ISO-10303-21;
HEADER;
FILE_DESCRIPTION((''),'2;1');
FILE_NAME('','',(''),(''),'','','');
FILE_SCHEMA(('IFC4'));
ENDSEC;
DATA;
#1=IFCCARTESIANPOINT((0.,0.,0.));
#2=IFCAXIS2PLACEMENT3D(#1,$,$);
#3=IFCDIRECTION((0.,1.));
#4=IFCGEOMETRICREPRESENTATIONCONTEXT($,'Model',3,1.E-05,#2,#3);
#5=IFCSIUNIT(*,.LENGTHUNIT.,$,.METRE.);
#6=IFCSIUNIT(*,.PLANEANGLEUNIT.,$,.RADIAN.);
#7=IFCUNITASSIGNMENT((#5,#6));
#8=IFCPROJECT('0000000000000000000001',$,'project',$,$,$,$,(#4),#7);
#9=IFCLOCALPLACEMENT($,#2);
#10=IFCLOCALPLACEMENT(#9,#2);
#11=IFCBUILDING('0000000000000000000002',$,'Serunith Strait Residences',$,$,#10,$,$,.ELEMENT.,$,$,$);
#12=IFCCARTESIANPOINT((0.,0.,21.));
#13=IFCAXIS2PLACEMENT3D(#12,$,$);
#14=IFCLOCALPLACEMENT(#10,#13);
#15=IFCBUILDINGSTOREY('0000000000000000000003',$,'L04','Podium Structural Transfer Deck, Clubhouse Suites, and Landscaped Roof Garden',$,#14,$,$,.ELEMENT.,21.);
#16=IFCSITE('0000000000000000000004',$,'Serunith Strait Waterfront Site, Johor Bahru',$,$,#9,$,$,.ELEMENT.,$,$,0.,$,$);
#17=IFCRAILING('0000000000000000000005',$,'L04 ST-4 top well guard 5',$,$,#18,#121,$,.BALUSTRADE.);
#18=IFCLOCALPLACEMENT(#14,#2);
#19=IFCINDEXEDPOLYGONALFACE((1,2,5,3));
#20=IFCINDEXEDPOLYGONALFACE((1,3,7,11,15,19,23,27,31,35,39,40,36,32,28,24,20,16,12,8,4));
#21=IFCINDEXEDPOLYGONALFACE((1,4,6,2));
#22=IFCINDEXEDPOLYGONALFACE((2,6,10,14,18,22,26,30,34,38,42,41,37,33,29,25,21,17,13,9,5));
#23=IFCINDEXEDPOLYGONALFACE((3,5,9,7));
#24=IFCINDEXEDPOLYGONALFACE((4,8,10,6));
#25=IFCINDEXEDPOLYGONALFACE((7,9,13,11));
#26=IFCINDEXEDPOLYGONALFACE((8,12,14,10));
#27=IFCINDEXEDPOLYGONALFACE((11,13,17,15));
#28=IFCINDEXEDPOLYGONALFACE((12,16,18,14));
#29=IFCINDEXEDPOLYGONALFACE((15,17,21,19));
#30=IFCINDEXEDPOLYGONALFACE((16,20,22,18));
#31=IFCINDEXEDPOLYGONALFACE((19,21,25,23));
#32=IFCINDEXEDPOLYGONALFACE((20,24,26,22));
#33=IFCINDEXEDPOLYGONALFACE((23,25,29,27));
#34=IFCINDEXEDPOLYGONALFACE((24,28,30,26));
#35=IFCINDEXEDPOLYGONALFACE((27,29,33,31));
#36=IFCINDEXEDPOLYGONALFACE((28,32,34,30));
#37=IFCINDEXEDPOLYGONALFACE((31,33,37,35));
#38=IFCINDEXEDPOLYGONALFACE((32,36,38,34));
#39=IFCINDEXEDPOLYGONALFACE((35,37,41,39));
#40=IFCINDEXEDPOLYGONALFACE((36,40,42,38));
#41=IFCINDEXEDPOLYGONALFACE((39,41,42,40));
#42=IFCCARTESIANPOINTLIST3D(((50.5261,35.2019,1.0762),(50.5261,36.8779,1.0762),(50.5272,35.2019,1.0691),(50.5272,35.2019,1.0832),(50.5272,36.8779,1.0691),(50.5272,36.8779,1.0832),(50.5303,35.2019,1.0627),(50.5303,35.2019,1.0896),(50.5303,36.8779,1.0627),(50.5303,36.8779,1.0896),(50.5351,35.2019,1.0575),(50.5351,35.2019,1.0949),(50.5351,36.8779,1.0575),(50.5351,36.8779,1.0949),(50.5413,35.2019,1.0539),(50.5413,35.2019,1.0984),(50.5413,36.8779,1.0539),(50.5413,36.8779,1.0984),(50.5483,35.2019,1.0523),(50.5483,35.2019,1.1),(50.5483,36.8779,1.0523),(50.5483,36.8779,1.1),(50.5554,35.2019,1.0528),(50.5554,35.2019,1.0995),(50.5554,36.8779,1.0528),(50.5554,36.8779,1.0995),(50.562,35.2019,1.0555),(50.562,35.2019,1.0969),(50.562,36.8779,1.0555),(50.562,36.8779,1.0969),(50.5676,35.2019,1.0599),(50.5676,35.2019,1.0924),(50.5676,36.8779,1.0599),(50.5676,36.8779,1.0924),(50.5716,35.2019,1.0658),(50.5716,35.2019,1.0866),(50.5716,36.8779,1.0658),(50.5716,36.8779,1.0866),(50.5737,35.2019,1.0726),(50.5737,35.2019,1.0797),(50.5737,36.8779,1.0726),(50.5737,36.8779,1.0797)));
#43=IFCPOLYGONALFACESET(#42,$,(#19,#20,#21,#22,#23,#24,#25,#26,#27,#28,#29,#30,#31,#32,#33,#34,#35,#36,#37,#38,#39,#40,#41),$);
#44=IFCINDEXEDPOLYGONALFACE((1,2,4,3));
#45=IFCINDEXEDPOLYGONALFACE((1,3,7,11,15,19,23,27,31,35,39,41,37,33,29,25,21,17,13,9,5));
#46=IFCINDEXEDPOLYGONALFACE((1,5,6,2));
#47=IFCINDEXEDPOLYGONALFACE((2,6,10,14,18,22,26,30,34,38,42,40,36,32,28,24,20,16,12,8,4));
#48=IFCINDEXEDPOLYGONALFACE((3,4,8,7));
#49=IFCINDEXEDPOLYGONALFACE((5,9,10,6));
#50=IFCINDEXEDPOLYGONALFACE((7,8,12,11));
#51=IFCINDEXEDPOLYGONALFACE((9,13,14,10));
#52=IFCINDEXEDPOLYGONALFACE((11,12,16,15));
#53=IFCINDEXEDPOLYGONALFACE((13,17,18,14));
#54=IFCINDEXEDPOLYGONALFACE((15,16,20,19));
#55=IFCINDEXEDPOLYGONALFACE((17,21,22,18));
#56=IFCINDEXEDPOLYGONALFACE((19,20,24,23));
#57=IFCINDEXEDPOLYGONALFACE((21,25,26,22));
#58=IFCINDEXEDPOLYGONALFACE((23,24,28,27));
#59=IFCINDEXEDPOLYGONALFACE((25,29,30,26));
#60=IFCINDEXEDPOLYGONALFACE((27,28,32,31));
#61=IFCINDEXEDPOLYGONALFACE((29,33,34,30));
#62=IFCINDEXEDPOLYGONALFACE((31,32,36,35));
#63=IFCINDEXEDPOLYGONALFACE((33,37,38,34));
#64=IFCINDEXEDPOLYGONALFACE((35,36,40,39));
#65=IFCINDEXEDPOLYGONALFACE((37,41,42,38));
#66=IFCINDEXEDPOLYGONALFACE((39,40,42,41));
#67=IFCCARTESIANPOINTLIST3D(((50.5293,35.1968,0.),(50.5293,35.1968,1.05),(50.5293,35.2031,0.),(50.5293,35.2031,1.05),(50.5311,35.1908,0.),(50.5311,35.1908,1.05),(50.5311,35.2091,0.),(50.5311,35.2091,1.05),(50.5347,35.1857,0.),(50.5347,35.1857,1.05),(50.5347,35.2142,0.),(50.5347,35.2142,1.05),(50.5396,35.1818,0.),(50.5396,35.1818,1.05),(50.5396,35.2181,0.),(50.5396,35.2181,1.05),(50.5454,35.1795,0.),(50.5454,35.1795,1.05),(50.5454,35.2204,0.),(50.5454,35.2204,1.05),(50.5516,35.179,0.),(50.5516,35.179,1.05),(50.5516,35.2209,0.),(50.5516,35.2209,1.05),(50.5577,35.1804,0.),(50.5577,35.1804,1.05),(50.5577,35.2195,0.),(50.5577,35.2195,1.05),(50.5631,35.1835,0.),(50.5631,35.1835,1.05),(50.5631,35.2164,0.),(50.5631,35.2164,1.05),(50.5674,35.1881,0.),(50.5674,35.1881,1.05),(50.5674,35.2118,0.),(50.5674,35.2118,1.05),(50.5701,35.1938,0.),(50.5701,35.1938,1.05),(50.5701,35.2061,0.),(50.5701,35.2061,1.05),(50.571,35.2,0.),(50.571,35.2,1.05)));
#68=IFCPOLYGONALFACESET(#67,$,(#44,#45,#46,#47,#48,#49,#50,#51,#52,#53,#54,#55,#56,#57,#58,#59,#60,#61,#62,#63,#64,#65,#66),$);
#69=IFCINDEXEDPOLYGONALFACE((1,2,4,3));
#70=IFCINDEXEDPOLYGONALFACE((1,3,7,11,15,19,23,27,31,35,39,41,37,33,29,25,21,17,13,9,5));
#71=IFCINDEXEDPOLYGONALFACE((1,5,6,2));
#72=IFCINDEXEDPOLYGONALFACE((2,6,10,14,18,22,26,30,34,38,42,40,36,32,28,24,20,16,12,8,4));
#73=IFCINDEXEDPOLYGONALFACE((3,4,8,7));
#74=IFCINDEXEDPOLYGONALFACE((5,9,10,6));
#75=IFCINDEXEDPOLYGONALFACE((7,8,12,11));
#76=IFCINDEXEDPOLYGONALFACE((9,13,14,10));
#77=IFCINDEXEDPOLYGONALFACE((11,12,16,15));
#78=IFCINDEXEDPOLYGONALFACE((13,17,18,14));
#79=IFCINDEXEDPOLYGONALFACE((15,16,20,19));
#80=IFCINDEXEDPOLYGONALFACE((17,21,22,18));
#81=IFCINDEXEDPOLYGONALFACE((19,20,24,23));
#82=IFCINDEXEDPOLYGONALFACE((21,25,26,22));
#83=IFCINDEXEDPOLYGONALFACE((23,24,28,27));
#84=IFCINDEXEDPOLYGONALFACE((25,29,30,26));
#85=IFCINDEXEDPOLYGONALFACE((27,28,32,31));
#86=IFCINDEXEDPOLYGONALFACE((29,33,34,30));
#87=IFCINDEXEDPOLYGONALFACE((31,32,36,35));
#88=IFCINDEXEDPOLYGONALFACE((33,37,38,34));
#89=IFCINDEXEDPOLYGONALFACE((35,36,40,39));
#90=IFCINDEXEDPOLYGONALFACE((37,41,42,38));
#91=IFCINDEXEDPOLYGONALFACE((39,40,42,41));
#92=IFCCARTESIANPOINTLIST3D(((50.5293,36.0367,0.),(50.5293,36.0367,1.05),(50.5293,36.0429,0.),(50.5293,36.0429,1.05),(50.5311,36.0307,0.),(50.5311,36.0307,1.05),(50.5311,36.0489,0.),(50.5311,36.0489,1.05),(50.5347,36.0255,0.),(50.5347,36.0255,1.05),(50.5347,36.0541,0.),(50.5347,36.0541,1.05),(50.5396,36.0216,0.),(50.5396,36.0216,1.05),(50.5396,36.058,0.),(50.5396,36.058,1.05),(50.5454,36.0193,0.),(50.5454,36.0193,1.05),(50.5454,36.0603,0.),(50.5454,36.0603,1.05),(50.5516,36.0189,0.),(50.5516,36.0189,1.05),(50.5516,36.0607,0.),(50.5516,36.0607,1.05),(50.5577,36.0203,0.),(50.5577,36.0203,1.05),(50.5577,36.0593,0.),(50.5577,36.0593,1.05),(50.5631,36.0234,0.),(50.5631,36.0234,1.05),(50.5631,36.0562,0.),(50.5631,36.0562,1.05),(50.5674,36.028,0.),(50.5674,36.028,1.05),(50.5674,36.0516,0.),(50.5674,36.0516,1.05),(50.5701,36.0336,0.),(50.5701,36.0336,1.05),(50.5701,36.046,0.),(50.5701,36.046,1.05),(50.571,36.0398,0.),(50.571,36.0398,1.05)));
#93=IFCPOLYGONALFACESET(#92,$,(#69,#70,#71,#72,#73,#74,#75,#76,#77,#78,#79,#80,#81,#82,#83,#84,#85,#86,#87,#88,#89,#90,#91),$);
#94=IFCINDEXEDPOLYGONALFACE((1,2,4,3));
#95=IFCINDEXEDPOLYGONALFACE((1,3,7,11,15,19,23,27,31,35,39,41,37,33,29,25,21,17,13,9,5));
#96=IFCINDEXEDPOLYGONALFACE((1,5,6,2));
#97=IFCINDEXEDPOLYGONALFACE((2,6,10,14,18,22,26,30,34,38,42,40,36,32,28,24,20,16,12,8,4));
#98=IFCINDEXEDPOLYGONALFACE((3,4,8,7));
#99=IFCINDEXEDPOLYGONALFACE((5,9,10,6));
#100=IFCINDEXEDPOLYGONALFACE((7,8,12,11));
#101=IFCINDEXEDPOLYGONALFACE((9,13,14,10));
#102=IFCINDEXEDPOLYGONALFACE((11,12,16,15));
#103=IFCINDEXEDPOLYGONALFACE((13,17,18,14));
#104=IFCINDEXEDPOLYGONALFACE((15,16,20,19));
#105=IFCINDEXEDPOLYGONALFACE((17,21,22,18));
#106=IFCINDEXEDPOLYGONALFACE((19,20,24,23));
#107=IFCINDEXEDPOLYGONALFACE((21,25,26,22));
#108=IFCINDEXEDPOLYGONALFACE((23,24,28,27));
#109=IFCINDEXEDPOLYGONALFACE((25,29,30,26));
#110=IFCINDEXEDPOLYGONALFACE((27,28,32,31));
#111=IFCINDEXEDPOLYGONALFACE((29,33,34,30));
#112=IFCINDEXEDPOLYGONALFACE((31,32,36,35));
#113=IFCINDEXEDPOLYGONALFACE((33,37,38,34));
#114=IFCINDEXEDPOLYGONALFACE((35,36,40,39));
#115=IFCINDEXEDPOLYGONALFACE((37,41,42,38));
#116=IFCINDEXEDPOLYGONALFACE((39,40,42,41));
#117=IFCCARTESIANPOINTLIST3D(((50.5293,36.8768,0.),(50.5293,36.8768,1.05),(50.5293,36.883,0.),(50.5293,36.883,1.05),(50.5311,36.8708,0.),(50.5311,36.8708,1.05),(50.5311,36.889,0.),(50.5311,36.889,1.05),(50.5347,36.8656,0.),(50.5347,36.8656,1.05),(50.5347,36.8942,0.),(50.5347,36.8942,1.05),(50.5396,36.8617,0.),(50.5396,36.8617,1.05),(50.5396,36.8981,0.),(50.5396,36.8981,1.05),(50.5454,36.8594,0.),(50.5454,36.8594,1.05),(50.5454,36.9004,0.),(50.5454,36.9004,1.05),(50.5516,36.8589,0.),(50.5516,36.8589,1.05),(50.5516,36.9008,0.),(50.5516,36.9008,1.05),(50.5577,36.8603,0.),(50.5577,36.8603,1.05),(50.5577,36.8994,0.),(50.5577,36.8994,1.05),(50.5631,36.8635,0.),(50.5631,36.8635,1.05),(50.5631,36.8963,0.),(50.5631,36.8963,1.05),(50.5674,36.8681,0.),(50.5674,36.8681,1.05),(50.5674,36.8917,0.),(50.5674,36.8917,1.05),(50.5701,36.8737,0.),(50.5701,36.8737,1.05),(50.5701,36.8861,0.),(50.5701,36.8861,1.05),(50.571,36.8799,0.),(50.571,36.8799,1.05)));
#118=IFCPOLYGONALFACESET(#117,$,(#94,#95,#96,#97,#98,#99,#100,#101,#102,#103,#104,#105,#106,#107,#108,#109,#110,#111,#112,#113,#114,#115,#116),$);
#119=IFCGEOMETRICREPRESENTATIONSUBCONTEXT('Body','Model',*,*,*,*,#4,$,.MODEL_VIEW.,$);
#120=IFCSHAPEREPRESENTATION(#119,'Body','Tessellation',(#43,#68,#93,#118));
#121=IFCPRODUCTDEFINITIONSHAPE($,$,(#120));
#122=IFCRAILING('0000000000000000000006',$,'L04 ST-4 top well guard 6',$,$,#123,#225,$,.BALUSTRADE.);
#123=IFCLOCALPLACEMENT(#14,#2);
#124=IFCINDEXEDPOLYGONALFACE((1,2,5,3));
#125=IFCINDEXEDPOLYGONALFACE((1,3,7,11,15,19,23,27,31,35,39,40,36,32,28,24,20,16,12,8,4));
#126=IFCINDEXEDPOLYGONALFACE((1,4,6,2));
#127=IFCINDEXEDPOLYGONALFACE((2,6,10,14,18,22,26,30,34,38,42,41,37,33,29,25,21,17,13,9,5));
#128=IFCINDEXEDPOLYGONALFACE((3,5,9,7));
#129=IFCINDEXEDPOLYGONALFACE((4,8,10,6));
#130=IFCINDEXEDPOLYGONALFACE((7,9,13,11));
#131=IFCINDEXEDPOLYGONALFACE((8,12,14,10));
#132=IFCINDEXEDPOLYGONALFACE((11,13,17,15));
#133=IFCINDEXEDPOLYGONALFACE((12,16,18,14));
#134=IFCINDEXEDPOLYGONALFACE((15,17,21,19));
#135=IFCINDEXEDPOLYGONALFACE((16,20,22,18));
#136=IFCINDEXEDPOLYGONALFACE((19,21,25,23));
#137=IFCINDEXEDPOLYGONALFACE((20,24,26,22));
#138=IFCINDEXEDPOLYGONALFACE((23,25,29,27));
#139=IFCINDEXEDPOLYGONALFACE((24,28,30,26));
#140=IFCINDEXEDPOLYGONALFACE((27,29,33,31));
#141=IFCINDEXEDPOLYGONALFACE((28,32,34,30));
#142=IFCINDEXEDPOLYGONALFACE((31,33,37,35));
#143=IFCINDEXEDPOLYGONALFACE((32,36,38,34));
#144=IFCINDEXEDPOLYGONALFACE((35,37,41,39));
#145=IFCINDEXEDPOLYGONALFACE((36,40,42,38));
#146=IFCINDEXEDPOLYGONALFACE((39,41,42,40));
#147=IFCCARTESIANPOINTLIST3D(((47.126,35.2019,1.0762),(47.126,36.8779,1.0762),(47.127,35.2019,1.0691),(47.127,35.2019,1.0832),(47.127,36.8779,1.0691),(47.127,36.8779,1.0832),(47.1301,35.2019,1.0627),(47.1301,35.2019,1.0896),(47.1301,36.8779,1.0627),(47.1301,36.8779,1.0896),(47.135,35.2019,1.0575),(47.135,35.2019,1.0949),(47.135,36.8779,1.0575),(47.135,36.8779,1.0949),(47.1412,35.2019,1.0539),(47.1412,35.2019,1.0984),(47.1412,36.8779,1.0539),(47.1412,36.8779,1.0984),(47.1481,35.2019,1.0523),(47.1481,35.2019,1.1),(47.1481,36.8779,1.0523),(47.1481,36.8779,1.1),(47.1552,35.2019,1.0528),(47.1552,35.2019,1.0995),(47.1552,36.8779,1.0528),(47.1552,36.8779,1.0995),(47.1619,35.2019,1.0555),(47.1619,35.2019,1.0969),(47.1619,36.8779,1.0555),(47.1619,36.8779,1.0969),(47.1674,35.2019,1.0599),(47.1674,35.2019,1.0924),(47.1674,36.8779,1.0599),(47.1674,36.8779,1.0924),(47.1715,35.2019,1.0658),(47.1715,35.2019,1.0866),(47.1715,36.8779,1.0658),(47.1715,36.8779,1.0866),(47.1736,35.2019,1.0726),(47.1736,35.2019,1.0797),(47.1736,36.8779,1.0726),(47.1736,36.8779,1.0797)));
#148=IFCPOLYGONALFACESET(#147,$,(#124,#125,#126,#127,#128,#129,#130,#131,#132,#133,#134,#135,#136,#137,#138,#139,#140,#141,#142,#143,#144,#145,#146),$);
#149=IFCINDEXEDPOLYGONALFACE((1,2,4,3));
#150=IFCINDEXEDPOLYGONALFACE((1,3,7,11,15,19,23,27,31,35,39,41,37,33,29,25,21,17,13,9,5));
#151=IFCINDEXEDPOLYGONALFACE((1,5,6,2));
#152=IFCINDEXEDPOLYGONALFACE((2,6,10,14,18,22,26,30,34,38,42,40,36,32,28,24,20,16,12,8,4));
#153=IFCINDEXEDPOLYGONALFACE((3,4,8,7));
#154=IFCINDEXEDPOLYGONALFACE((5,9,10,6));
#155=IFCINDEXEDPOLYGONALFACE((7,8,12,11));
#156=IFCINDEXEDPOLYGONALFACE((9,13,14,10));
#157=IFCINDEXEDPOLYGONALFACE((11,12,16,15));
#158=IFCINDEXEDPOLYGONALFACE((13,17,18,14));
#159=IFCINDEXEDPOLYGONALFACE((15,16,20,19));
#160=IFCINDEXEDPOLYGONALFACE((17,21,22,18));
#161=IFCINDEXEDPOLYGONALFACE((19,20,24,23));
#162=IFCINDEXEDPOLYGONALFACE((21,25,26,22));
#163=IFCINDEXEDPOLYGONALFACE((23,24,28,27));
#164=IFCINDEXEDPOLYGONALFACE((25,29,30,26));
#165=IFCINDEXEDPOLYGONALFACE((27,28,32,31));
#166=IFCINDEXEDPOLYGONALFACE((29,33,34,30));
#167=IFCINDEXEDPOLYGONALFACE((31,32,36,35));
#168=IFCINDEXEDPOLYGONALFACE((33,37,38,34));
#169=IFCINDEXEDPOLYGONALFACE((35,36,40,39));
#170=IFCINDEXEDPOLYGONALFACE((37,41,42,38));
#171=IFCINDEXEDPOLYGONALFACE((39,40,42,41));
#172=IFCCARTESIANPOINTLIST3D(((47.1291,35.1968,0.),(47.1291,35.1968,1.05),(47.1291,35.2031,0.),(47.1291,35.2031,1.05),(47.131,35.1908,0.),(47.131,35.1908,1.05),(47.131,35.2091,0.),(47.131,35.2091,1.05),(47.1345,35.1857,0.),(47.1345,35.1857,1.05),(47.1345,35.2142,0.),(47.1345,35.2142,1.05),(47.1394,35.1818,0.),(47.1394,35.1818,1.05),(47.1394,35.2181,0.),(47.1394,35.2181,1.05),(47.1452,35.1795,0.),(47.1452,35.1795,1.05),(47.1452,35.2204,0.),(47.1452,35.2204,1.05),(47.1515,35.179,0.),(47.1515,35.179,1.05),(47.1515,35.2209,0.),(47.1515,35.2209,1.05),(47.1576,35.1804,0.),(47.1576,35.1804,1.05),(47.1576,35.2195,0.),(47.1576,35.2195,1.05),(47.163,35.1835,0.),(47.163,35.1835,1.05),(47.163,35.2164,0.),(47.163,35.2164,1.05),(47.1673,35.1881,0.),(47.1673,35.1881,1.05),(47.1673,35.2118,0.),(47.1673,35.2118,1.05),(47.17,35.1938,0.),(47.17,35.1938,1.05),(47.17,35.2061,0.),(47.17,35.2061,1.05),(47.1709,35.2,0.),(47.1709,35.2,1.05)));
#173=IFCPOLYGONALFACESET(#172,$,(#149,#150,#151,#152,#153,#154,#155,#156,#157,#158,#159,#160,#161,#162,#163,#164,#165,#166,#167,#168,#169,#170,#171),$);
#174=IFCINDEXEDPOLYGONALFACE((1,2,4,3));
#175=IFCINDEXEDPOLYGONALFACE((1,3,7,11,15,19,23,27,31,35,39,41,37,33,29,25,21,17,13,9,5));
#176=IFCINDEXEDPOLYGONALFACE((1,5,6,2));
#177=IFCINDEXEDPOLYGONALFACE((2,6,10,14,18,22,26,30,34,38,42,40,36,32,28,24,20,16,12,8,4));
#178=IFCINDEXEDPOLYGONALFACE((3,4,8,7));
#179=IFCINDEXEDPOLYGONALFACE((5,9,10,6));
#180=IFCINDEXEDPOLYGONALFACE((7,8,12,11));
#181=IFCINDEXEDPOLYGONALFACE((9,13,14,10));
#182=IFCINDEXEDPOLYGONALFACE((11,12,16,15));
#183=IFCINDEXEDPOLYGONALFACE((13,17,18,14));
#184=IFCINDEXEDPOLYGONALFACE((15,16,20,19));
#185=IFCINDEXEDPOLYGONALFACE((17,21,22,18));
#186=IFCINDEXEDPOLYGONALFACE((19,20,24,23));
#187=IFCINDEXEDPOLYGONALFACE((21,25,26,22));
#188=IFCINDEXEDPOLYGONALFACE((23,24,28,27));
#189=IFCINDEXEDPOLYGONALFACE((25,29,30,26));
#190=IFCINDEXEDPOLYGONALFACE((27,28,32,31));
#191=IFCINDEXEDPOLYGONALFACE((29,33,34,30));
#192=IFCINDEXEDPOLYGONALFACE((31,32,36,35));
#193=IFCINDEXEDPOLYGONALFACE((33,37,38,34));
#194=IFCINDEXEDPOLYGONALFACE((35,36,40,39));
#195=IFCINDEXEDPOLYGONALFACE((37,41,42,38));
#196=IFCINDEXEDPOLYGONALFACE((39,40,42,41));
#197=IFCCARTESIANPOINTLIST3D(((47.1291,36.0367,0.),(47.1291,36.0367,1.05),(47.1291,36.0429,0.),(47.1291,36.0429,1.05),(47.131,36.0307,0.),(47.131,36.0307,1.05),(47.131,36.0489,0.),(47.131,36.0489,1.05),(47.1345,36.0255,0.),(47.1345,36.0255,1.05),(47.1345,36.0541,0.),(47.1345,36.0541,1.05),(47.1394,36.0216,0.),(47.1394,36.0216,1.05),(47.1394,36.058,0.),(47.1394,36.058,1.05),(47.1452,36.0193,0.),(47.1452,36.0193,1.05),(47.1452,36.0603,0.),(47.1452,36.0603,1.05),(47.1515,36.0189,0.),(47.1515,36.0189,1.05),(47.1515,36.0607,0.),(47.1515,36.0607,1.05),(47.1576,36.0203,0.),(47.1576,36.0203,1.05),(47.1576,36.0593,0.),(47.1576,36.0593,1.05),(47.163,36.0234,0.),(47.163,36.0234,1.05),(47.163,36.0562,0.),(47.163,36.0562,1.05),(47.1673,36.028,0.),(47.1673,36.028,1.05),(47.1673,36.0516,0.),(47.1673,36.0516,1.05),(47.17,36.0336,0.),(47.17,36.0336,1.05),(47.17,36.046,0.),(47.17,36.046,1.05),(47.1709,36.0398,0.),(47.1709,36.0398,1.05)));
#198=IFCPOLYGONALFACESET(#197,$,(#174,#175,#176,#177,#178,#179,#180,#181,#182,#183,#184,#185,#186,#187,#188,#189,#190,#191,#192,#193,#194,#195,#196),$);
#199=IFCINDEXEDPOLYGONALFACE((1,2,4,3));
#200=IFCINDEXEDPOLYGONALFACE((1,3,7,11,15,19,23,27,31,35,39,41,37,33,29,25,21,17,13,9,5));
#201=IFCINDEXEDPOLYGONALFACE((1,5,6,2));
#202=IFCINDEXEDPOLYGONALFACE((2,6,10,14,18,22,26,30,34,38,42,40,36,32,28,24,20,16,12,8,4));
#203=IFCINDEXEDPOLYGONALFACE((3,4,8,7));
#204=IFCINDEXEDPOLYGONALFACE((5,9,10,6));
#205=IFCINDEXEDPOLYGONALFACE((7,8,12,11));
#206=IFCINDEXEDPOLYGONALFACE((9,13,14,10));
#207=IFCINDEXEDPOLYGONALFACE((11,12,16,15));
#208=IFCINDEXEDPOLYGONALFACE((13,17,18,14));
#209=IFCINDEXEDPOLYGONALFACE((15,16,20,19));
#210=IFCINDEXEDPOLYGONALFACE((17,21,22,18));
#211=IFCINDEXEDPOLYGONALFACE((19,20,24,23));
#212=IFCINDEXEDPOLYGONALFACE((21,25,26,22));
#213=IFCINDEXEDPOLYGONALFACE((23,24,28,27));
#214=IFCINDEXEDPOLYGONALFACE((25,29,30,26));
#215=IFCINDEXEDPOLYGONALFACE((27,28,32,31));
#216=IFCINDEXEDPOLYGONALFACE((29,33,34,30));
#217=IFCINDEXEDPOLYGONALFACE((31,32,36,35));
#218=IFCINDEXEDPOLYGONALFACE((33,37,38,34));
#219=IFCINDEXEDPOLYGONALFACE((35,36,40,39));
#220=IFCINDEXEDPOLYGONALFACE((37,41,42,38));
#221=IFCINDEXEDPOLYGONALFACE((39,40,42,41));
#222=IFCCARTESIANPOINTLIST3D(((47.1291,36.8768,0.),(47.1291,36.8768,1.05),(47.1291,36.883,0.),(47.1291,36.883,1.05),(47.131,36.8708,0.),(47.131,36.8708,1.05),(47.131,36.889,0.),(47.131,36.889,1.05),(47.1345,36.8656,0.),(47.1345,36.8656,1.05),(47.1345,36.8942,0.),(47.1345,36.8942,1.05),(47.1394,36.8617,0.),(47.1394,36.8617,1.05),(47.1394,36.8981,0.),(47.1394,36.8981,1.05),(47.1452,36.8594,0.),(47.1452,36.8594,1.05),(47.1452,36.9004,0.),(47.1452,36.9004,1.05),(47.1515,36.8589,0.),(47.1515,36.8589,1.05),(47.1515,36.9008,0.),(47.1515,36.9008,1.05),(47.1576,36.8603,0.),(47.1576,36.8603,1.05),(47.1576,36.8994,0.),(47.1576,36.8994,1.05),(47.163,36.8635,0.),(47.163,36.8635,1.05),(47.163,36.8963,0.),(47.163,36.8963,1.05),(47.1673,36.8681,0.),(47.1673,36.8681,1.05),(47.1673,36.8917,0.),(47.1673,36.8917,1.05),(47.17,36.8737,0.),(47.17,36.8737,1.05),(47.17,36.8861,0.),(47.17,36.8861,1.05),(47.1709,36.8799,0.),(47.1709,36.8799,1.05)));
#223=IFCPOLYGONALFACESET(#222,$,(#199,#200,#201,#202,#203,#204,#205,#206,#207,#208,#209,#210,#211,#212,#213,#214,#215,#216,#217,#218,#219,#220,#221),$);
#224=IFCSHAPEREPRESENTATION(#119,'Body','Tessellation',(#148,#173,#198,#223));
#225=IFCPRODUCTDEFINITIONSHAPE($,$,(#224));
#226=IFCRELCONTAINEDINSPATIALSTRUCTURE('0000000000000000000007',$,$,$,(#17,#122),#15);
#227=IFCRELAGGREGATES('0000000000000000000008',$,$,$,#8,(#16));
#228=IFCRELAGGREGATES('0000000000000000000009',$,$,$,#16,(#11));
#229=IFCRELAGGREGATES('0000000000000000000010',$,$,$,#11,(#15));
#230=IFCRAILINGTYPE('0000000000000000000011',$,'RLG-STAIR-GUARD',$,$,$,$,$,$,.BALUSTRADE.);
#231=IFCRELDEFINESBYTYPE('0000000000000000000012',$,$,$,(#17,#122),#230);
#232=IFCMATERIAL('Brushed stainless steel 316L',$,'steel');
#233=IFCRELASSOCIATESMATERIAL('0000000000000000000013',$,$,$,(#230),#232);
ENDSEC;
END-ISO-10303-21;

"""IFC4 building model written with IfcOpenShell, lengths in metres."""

from ifc_helpers import new_model, si_unit, direction, frame, origin, origin_2d, place, context, subcontext, project, spatial, circle, extrude, material, type_object, element, save


model = new_model("IFC4")

# Units and contexts
model_context = context("Model", 3, precision=1e-05, world=origin(), true_north=direction((0.0, 1.0)))
body_context = subcontext(model_context, "Body", "Model", "MODEL_VIEW")
ifc_project = project(units=[si_unit("LENGTHUNIT", "METRE"), si_unit("PLANEANGLEUNIT", "RADIAN")], contexts=[model_context])

# Site, building, storey
site_placement = place(None, origin())
site = spatial("IfcSite", under=ifc_project, at=site_placement, Name="Serunith Strait Waterfront Site, Johor Bahru", CompositionType="ELEMENT", RefElevation=0.0)
building_placement = place(site_placement, origin())
building = spatial("IfcBuilding", under=site, at=building_placement, Name="Serunith Strait Residences", CompositionType="ELEMENT")
storey_placement = place(building_placement, frame((0.0, 0.0, 21.0)))
storey = spatial("IfcBuildingStorey", under=building, at=storey_placement, Name="L04", Description="Podium Structural Transfer Deck, Clubhouse Suites, and Landscaped Roof Garden", CompositionType="ELEMENT", Elevation=21.0)

# Railings
ifc_material_1 = material(Name="Brushed stainless steel 316L", Category="steel")
railing_type = type_object("IfcRailingType", Name="RLG-STAIR-GUARD", PredefinedType="BALUSTRADE", material=ifc_material_1)
for number, where, name in (
    (1, (50.55, 35.2, 0.0), "L04 ST-4 top well guard 5"),
    (2, (47.1499, 35.2, 0.0), "L04 ST-4 top well guard 6"),
):
    element("IfcRailing", number, at=place(storey_placement, frame(where)), inside=storey, type_object=railing_type, Name=name, PredefinedType="BALUSTRADE", context=body_context, shape_type="SweptSolid", body=[
        extrude(circle(Radius=0.0239, at=origin_2d()), frame((0.0, 0.002, 1.0762), z_axis=(0.0, 1.0, 0.0), x_axis=(-1.0, 0.0, 0.0)), (0.0, 0.0, 1.0), 1.676),
        extrude(circle(Radius=0.021, at=origin_2d()), origin(), (0.0, 0.0, 1.0), 1.05),
        extrude(circle(Radius=0.021, at=origin_2d()), frame((0.0, 0.8398, 0.0)), (0.0, 0.0, 1.0), 1.05),
        extrude(circle(Radius=0.021, at=origin_2d()), frame((0.0, 1.6799, 0.0)), (0.0, 0.0, 1.0), 1.05),
    ])

save(model, "model.ifc")
